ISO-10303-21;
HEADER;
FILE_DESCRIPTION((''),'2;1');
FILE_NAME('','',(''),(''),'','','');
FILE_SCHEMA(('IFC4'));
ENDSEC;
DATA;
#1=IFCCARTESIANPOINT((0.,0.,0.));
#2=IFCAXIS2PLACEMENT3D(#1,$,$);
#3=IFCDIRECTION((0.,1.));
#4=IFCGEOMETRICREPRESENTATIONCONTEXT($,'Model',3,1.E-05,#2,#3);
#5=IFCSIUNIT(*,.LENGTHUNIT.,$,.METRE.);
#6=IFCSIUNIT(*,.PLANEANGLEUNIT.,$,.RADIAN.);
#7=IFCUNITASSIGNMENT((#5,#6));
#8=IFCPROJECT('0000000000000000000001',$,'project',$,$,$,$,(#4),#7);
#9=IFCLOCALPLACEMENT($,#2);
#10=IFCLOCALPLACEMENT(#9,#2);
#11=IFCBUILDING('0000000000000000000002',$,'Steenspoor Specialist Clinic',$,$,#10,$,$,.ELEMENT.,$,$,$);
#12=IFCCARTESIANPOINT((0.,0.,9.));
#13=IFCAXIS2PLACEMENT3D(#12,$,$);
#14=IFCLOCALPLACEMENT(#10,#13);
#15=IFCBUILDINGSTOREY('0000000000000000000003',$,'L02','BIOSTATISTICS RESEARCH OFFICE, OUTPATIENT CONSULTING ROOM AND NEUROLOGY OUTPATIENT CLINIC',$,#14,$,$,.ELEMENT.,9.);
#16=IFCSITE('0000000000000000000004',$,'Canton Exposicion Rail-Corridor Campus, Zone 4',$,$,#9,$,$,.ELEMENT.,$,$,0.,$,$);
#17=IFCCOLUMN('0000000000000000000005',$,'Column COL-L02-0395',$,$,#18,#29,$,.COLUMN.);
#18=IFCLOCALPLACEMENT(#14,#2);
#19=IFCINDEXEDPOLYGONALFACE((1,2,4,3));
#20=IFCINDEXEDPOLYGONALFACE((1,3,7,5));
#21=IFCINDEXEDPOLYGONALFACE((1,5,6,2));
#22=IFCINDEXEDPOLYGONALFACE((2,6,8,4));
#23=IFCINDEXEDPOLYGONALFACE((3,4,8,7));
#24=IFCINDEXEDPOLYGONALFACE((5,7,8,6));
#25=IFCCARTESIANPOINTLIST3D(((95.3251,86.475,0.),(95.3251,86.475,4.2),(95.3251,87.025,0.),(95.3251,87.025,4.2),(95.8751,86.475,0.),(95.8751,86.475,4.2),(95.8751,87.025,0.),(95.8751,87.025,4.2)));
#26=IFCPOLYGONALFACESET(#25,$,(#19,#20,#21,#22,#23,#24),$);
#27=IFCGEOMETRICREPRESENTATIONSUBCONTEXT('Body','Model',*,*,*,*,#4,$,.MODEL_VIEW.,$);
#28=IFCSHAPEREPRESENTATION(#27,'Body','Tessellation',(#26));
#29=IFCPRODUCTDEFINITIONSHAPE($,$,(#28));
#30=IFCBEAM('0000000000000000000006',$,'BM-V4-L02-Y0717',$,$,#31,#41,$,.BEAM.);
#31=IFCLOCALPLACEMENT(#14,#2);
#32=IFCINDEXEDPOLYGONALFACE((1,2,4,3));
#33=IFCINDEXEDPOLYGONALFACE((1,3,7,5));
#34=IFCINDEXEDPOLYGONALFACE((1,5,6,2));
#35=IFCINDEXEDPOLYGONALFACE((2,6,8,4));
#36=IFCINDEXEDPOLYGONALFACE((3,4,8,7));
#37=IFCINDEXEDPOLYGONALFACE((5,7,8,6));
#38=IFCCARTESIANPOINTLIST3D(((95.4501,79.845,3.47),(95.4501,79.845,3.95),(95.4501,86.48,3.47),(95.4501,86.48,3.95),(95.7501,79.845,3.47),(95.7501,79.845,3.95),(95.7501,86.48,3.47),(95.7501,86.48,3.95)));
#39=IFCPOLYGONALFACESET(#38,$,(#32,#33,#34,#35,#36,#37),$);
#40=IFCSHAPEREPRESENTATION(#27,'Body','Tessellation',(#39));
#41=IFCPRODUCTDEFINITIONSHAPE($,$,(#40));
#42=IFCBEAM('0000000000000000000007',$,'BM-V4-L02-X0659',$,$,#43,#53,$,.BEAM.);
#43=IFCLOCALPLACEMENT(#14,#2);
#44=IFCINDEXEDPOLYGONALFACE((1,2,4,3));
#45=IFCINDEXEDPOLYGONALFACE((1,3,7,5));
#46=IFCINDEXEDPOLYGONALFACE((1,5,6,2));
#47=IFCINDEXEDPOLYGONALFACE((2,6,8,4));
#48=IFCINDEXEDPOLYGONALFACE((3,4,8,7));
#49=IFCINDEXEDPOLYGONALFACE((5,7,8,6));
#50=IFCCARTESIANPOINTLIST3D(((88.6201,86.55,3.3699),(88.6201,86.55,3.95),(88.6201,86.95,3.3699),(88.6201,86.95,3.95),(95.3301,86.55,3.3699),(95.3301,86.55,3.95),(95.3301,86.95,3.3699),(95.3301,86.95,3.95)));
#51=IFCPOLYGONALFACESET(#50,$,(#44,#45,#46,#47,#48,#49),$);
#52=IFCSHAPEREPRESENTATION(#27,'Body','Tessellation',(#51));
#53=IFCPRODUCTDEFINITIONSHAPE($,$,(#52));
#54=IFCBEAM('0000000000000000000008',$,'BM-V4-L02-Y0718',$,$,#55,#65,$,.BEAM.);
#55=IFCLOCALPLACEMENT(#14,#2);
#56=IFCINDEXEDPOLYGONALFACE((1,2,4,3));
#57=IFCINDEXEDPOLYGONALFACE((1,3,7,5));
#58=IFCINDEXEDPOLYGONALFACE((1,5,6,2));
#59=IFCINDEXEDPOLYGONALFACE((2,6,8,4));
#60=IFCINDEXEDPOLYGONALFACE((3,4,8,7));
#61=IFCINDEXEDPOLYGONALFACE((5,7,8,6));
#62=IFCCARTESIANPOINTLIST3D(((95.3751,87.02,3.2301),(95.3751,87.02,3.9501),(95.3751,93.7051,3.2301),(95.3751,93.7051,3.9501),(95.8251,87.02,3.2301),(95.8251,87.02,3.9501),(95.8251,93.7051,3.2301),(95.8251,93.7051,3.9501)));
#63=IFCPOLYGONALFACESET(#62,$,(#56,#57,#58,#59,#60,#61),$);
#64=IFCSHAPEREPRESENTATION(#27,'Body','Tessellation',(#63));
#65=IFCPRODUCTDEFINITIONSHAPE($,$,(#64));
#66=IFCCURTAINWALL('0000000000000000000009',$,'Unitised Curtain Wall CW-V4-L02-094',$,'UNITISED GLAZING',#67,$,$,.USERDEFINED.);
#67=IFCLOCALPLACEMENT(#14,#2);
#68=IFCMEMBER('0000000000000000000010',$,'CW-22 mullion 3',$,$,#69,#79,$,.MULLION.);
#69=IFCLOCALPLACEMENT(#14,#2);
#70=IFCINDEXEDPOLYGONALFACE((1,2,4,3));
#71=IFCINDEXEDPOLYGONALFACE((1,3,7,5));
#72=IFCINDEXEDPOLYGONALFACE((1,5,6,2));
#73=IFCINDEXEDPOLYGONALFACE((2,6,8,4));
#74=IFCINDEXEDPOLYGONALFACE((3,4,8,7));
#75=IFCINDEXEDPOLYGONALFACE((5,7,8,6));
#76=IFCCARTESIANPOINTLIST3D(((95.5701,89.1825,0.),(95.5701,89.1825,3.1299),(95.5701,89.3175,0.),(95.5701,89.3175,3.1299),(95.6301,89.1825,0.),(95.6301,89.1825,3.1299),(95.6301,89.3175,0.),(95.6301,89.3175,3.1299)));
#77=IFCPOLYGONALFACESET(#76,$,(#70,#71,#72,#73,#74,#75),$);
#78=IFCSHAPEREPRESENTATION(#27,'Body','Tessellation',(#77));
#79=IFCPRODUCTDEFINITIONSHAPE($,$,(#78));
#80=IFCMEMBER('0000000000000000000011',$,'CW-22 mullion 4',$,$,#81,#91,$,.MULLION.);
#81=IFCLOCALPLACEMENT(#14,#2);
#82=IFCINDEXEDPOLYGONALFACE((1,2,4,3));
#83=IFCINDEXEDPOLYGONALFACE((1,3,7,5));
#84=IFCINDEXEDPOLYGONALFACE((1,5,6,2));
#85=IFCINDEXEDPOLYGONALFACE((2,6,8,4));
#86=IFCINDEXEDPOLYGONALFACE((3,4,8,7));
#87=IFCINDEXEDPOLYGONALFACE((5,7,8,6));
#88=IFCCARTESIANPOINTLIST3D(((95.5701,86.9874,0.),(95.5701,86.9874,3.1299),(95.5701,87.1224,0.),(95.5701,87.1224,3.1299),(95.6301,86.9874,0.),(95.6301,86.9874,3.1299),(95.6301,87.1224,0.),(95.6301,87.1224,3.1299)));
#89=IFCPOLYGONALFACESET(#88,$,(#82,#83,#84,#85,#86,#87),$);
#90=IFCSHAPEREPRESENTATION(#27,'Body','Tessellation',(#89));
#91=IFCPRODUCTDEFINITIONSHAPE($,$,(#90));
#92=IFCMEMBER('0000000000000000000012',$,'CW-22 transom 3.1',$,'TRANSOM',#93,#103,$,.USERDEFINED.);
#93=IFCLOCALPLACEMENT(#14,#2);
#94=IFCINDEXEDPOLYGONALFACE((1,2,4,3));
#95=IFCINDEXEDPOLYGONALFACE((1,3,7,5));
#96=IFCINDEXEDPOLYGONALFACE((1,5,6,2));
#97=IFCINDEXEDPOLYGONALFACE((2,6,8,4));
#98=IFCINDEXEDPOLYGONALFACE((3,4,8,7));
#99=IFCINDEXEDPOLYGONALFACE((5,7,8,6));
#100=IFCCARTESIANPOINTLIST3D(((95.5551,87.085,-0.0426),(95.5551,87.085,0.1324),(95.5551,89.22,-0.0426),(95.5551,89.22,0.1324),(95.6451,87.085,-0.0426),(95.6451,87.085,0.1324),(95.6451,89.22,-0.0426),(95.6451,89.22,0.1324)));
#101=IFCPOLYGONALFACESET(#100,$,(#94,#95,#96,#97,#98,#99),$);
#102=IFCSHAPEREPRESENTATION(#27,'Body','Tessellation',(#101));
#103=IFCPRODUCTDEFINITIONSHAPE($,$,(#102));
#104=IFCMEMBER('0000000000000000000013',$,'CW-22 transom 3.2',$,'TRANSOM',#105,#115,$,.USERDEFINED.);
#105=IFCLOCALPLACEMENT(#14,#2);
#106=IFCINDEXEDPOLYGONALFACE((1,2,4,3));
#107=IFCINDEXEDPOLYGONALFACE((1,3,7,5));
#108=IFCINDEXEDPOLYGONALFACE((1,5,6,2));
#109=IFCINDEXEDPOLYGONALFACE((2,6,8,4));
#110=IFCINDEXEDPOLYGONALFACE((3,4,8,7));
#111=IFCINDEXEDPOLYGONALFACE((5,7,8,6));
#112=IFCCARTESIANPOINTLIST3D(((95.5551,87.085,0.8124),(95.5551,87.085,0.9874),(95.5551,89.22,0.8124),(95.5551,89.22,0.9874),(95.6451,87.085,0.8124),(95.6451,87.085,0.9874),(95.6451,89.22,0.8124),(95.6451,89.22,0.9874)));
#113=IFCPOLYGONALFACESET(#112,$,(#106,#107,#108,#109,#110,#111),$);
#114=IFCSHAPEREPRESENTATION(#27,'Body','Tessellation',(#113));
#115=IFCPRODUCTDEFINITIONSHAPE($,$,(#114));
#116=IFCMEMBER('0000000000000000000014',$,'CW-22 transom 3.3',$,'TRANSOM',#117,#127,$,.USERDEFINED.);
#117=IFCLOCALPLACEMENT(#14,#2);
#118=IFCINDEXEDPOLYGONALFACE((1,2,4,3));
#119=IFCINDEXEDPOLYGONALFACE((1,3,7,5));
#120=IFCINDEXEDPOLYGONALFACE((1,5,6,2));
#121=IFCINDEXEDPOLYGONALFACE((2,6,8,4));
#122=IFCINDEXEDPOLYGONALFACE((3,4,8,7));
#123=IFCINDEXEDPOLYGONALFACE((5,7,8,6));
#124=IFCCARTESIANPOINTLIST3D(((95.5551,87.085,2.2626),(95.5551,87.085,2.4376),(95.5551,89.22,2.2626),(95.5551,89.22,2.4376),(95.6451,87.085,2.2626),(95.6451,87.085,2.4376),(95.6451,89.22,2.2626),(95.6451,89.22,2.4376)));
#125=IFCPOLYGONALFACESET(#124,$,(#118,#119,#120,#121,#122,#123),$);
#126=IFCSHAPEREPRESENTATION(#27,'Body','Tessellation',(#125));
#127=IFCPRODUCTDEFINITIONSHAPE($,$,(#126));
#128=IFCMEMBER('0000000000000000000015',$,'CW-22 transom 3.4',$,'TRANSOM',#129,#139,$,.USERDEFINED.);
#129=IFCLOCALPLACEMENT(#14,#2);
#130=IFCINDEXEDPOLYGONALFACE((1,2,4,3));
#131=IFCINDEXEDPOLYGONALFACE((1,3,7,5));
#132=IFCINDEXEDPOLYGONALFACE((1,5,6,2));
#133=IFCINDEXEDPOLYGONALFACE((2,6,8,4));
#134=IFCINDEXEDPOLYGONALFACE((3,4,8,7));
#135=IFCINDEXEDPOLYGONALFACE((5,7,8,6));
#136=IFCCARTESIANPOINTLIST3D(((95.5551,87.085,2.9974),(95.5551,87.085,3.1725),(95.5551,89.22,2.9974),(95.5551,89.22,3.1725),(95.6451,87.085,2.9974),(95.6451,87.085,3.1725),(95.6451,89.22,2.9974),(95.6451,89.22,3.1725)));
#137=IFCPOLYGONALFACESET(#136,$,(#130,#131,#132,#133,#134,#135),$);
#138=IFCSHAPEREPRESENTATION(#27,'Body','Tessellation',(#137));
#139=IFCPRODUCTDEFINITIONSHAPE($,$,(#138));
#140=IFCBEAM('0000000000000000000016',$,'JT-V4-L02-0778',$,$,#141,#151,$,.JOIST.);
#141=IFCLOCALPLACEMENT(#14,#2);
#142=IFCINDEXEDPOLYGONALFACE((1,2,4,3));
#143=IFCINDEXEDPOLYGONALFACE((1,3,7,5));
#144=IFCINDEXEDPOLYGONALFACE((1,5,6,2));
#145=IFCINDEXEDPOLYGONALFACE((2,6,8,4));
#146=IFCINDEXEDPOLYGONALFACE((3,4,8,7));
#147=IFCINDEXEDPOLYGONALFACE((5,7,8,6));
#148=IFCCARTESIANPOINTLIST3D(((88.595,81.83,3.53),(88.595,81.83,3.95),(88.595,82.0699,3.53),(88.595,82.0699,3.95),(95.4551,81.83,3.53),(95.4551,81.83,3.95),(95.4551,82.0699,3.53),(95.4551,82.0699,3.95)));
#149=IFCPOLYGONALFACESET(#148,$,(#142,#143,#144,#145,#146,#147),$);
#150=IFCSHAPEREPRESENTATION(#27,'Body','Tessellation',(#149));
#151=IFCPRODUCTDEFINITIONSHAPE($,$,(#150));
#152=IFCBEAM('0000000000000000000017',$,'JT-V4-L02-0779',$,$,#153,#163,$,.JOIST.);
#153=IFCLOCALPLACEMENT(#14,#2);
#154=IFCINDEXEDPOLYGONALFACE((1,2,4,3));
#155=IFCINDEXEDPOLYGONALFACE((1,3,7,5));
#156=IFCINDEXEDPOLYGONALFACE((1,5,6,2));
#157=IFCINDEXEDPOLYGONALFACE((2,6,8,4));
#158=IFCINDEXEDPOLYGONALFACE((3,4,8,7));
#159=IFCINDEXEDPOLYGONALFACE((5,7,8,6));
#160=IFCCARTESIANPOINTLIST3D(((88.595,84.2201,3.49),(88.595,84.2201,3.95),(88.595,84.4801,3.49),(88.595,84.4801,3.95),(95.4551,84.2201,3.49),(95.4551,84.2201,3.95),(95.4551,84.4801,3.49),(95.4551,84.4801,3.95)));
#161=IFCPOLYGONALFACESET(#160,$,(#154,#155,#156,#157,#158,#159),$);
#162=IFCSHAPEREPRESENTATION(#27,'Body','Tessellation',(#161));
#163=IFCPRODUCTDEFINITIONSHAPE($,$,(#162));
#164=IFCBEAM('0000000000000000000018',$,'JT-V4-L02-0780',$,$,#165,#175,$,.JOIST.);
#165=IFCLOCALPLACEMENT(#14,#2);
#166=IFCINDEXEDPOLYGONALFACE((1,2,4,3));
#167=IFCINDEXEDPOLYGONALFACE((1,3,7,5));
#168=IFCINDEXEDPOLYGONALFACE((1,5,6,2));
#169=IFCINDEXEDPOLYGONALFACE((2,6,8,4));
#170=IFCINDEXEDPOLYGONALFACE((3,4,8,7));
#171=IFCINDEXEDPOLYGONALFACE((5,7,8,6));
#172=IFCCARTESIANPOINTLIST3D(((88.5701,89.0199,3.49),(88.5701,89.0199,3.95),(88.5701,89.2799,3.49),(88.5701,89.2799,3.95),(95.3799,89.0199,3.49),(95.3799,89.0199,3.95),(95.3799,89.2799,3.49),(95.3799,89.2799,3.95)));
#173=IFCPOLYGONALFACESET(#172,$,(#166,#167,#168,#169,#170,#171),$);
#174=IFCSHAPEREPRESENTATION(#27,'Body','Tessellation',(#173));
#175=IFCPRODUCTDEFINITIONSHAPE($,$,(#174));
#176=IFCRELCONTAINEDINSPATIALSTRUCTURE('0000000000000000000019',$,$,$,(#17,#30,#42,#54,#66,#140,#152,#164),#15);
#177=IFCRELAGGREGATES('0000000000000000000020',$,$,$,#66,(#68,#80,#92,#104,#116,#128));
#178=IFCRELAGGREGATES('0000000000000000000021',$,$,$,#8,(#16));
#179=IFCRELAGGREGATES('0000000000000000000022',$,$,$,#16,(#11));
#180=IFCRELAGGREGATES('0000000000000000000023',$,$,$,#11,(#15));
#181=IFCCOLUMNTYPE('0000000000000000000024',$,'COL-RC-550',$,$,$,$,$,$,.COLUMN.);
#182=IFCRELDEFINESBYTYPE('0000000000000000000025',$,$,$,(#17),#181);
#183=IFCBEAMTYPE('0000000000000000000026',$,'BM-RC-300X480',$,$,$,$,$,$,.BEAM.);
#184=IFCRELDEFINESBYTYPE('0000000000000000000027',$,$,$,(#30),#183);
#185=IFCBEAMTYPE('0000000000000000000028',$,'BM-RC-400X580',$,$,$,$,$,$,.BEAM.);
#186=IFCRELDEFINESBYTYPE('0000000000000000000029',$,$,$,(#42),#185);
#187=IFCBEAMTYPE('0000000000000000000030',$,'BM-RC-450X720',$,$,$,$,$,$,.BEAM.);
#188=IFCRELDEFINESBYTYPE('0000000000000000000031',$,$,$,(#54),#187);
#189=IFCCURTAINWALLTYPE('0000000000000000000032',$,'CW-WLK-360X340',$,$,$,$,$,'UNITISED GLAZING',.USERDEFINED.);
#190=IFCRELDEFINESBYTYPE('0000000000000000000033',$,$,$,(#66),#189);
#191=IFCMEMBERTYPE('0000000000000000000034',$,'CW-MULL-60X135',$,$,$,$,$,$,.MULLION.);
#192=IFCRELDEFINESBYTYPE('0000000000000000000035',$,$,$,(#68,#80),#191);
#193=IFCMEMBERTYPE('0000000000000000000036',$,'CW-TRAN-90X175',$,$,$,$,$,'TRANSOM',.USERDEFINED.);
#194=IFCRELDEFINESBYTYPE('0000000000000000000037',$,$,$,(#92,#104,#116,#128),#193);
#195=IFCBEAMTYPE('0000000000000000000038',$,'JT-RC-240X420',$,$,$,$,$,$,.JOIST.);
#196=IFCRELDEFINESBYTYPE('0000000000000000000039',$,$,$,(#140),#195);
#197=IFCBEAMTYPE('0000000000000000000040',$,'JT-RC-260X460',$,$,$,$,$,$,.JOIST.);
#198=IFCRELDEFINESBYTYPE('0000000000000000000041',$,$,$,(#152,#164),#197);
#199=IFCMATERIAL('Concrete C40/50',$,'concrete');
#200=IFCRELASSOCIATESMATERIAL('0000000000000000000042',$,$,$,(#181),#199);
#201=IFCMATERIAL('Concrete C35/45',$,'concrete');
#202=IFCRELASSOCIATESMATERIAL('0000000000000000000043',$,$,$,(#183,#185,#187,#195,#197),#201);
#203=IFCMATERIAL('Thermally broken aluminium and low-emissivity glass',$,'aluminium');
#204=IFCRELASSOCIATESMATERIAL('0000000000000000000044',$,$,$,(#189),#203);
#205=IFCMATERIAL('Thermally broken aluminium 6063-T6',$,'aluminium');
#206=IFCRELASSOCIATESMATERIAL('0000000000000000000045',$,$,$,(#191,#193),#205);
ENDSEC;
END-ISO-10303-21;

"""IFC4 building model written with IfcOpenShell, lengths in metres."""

from ifc_helpers import new_model, si_unit, direction, frame, origin, origin_2d, place, context, subcontext, project, spatial, rectangle, extrude, material, material_profile, profile_set, type_object, element, aggregate, save


model = new_model("IFC4")

# Units and contexts
model_context = context("Model", 3, precision=1e-05, world=origin(), true_north=direction((0.0, 1.0)))
body_context = subcontext(model_context, "Body", "Model", "MODEL_VIEW")
ifc_project = project(units=[si_unit("LENGTHUNIT", "METRE"), si_unit("PLANEANGLEUNIT", "RADIAN")], contexts=[model_context])

# Site, building, storey
site_placement = place(None, origin())
site = spatial("IfcSite", under=ifc_project, at=site_placement, Name="Canton Exposicion Rail-Corridor Campus, Zone 4", CompositionType="ELEMENT", RefElevation=0.0)
building_placement = place(site_placement, origin())
building = spatial("IfcBuilding", under=site, at=building_placement, Name="Steenspoor Specialist Clinic", CompositionType="ELEMENT")
storey_placement = place(building_placement, frame((0.0, 0.0, 9.0)))
storey = spatial("IfcBuildingStorey", under=building, at=storey_placement, Name="L02", Description="BIOSTATISTICS RESEARCH OFFICE, OUTPATIENT CONSULTING ROOM AND NEUROLOGY OUTPATIENT CLINIC", CompositionType="ELEMENT", Elevation=9.0)

# Column
ifc_material_1 = material(Name="Concrete C40/50", Category="concrete")
ifc_material_profile_1 = material_profile(ifc_material_1, rectangle(XDim=0.55, YDim=0.55, at=origin_2d()), Name="RC-COL-550X550")
ifc_profile_set_1 = profile_set([ifc_material_profile_1], Name="Concrete C40/50")
column_type = type_object("IfcColumnType", Name="COL-RC-550", PredefinedType="COLUMN", material=ifc_profile_set_1)
column_placement = place(storey_placement, frame((95.6001, 86.75, 0.0), z_axis=(0.0, 0.0, 1.0), x_axis=(1.0, 0.0, 0.0)))
element("IfcColumn", 1, at=column_placement, inside=storey, type_object=column_type, Name="Column COL-L02-0395", PredefinedType="COLUMN", context=body_context, shape_type="SweptSolid", body=[
    extrude(rectangle(XDim=0.55, YDim=0.55, at=origin_2d()), origin(), (0.0, 0.0, 1.0), 4.2),
])

# Beams
ifc_material_2 = material(Name="Concrete C35/45", Category="concrete")
ifc_material_profile_2 = material_profile(ifc_material_2, rectangle(XDim=0.3, YDim=0.48, at=origin_2d()), Name="RC-BM-300X480")
ifc_profile_set_2 = profile_set([ifc_material_profile_2], Name="Concrete C35/45")
beam_type_1 = type_object("IfcBeamType", Name="BM-RC-300X480", PredefinedType="BEAM", material=ifc_profile_set_2)
beam_1_placement = place(storey_placement, frame((95.6001, 79.845, 3.71), z_axis=(0.0, 1.0, 0.0), x_axis=(-1.0, 0.0, 0.0)))
element("IfcBeam", 2, at=beam_1_placement, inside=storey, type_object=beam_type_1, Name="BM-V4-L02-Y0717", PredefinedType="BEAM", context=body_context, shape_type="SweptSolid", body=[
    extrude(rectangle(XDim=0.3, YDim=0.48, at=origin_2d()), origin(), (0.0, 0.0, 1.0), 6.635),
])
ifc_material_profile_3 = material_profile(ifc_material_2, rectangle(XDim=0.3999, YDim=0.5801, at=origin_2d()), Name="RC-BM-400X580")
ifc_profile_set_3 = profile_set([ifc_material_profile_3], Name="Concrete C35/45")
beam_type_2 = type_object("IfcBeamType", Name="BM-RC-400X580", PredefinedType="BEAM", material=ifc_profile_set_3)
beam_2_placement = place(storey_placement, frame((88.6201, 86.75, 3.6599), z_axis=(1.0, 0.0, 0.0), x_axis=(0.0, 1.0, 0.0)))
element("IfcBeam", 3, at=beam_2_placement, inside=storey, type_object=beam_type_2, Name="BM-V4-L02-X0659", PredefinedType="BEAM", context=body_context, shape_type="SweptSolid", body=[
    extrude(rectangle(XDim=0.3999, YDim=0.5801, at=origin_2d()), origin(), (0.0, 0.0, 1.0), 6.71),
])
ifc_material_profile_4 = material_profile(ifc_material_2, rectangle(XDim=0.45, YDim=0.72, at=origin_2d()), Name="RC-BM-450X720")
ifc_profile_set_4 = profile_set([ifc_material_profile_4], Name="Concrete C35/45")
beam_type_3 = type_object("IfcBeamType", Name="BM-RC-450X720", PredefinedType="BEAM", material=ifc_profile_set_4)
beam_3_placement = place(storey_placement, frame((95.6001, 87.02, 3.5901), z_axis=(0.0, 1.0, 0.0), x_axis=(-1.0, 0.0, 0.0)))
element("IfcBeam", 4, at=beam_3_placement, inside=storey, type_object=beam_type_3, Name="BM-V4-L02-Y0718", PredefinedType="BEAM", context=body_context, shape_type="SweptSolid", body=[
    extrude(rectangle(XDim=0.45, YDim=0.72, at=origin_2d()), origin(), (0.0, 0.0, 1.0), 6.6851),
])

# Curtain wall, members
ifc_material_3 = material(Name="Thermally broken aluminium and low-emissivity glass", Category="aluminium")
curtain_wall_type = type_object("IfcCurtainWallType", Name="CW-WLK-360X340", ElementType="UNITISED GLAZING", PredefinedType="USERDEFINED", material=ifc_material_3)
curtain_wall_placement = place(storey_placement, origin())
curtain_wall = element("IfcCurtainWall", 5, at=curtain_wall_placement, inside=storey, type_object=curtain_wall_type, Name="Unitised Curtain Wall CW-V4-L02-094", ObjectType="UNITISED GLAZING", PredefinedType="USERDEFINED")
ifc_material_4 = material(Name="Thermally broken aluminium 6063-T6", Category="aluminium")
ifc_material_profile_5 = material_profile(ifc_material_4, rectangle(XDim=0.0601, YDim=0.135, at=origin_2d()), Name="CWM-60X135")
ifc_profile_set_5 = profile_set([ifc_material_profile_5], Name="Thermally broken aluminium 6063-T6")
member_type_1 = type_object("IfcMemberType", Name="CW-MULL-60X135", PredefinedType="MULLION", material=ifc_profile_set_5)
member_1_placement = place(storey_placement, frame((95.6001, 89.25, 0.0), z_axis=(0.0, 0.0, 1.0), x_axis=(1.0, 0.0, 0.0)))
member_1 = element("IfcMember", 6, at=member_1_placement, type_object=member_type_1, Name="CW-22 mullion 3", PredefinedType="MULLION", context=body_context, shape_type="SweptSolid", body=[
    extrude(rectangle(XDim=0.0601, YDim=0.135, at=origin_2d()), origin(), (0.0, 0.0, 1.0), 3.1299),
])
member_2_placement = place(storey_placement, frame((95.6001, 87.0549, 0.0), z_axis=(0.0, 0.0, 1.0), x_axis=(1.0, 0.0, 0.0)))
member_2 = element("IfcMember", 7, at=member_2_placement, type_object=member_type_1, Name="CW-22 mullion 4", PredefinedType="MULLION", context=body_context, shape_type="SweptSolid", body=[
    extrude(rectangle(XDim=0.0601, YDim=0.135, at=origin_2d()), origin(), (0.0, 0.0, 1.0), 3.1299),
])
ifc_material_profile_6 = material_profile(ifc_material_4, rectangle(XDim=0.0901, YDim=0.175, at=origin_2d()), Name="CWT-90X175")
ifc_profile_set_6 = profile_set([ifc_material_profile_6], Name="Thermally broken aluminium 6063-T6")
member_type_2 = type_object("IfcMemberType", Name="CW-TRAN-90X175", ElementType="TRANSOM", PredefinedType="USERDEFINED", material=ifc_profile_set_6)
member_3_placement = place(storey_placement, frame((95.6001, 89.22, 0.0449), z_axis=(0.0, -1.0, 0.0), x_axis=(1.0, 0.0, 0.0)))
member_3 = element("IfcMember", 8, at=member_3_placement, type_object=member_type_2, Name="CW-22 transom 3.1", ObjectType="TRANSOM", PredefinedType="USERDEFINED", context=body_context, shape_type="SweptSolid", body=[
    extrude(rectangle(XDim=0.0901, YDim=0.175, at=origin_2d()), origin(), (0.0, 0.0, 1.0), 2.135),
])
member_4_placement = place(storey_placement, frame((95.6001, 89.22, 0.8999), z_axis=(0.0, -1.0, 0.0), x_axis=(1.0, 0.0, 0.0)))
member_4 = element("IfcMember", 9, at=member_4_placement, type_object=member_type_2, Name="CW-22 transom 3.2", ObjectType="TRANSOM", PredefinedType="USERDEFINED", context=body_context, shape_type="SweptSolid", body=[
    extrude(rectangle(XDim=0.0901, YDim=0.175, at=origin_2d()), origin(), (0.0, 0.0, 1.0), 2.135),
])
member_5_placement = place(storey_placement, frame((95.6001, 89.22, 2.3501), z_axis=(0.0, -1.0, 0.0), x_axis=(1.0, 0.0, 0.0)))
member_5 = element("IfcMember", 10, at=member_5_placement, type_object=member_type_2, Name="CW-22 transom 3.3", ObjectType="TRANSOM", PredefinedType="USERDEFINED", context=body_context, shape_type="SweptSolid", body=[
    extrude(rectangle(XDim=0.0901, YDim=0.175, at=origin_2d()), origin(), (0.0, 0.0, 1.0), 2.135),
])
member_6_placement = place(storey_placement, frame((95.6001, 89.22, 3.085), z_axis=(0.0, -1.0, 0.0), x_axis=(1.0, 0.0, 0.0)))
member_6 = element("IfcMember", 11, at=member_6_placement, type_object=member_type_2, Name="CW-22 transom 3.4", ObjectType="TRANSOM", PredefinedType="USERDEFINED", context=body_context, shape_type="SweptSolid", body=[
    extrude(rectangle(XDim=0.0901, YDim=0.175, at=origin_2d()), origin(), (0.0, 0.0, 1.0), 2.135),
])

# Beams
ifc_material_profile_7 = material_profile(ifc_material_2, rectangle(XDim=0.24, YDim=0.4199, at=origin_2d()), Name="RC-JT-240X420")
ifc_profile_set_7 = profile_set([ifc_material_profile_7], Name="Concrete C35/45")
beam_type_4 = type_object("IfcBeamType", Name="JT-RC-240X420", PredefinedType="JOIST", material=ifc_profile_set_7)
beam_4_placement = place(storey_placement, frame((88.595, 81.95, 3.74), z_axis=(1.0, 0.0, 0.0), x_axis=(0.0, 1.0, 0.0)))
element("IfcBeam", 12, at=beam_4_placement, inside=storey, type_object=beam_type_4, Name="JT-V4-L02-0778", PredefinedType="JOIST", context=body_context, shape_type="SweptSolid", body=[
    extrude(rectangle(XDim=0.24, YDim=0.4199, at=origin_2d()), origin(), (0.0, 0.0, 1.0), 6.8601),
])
ifc_material_profile_8 = material_profile(ifc_material_2, rectangle(XDim=0.26, YDim=0.46, at=origin_2d()), Name="RC-JT-260X460")
ifc_profile_set_8 = profile_set([ifc_material_profile_8], Name="Concrete C35/45")
beam_type_5 = type_object("IfcBeamType", Name="JT-RC-260X460", PredefinedType="JOIST", material=ifc_profile_set_8)
beam_5_placement = place(storey_placement, frame((88.595, 84.3501, 3.72), z_axis=(1.0, 0.0, 0.0), x_axis=(0.0, 1.0, 0.0)))
element("IfcBeam", 13, at=beam_5_placement, inside=storey, type_object=beam_type_5, Name="JT-V4-L02-0779", PredefinedType="JOIST", context=body_context, shape_type="SweptSolid", body=[
    extrude(rectangle(XDim=0.26, YDim=0.46, at=origin_2d()), origin(), (0.0, 0.0, 1.0), 6.8601),
])
beam_6_placement = place(storey_placement, frame((88.5701, 89.1499, 3.72), z_axis=(1.0, 0.0, 0.0), x_axis=(0.0, 1.0, 0.0)))
element("IfcBeam", 14, at=beam_6_placement, inside=storey, type_object=beam_type_5, Name="JT-V4-L02-0780", PredefinedType="JOIST", context=body_context, shape_type="SweptSolid", body=[
    extrude(rectangle(XDim=0.26, YDim=0.46, at=origin_2d()), origin(), (0.0, 0.0, 1.0), 6.8098),
])

aggregate(curtain_wall, [member_1, member_2, member_3, member_4, member_5, member_6])

save(model, "model.ifc")
